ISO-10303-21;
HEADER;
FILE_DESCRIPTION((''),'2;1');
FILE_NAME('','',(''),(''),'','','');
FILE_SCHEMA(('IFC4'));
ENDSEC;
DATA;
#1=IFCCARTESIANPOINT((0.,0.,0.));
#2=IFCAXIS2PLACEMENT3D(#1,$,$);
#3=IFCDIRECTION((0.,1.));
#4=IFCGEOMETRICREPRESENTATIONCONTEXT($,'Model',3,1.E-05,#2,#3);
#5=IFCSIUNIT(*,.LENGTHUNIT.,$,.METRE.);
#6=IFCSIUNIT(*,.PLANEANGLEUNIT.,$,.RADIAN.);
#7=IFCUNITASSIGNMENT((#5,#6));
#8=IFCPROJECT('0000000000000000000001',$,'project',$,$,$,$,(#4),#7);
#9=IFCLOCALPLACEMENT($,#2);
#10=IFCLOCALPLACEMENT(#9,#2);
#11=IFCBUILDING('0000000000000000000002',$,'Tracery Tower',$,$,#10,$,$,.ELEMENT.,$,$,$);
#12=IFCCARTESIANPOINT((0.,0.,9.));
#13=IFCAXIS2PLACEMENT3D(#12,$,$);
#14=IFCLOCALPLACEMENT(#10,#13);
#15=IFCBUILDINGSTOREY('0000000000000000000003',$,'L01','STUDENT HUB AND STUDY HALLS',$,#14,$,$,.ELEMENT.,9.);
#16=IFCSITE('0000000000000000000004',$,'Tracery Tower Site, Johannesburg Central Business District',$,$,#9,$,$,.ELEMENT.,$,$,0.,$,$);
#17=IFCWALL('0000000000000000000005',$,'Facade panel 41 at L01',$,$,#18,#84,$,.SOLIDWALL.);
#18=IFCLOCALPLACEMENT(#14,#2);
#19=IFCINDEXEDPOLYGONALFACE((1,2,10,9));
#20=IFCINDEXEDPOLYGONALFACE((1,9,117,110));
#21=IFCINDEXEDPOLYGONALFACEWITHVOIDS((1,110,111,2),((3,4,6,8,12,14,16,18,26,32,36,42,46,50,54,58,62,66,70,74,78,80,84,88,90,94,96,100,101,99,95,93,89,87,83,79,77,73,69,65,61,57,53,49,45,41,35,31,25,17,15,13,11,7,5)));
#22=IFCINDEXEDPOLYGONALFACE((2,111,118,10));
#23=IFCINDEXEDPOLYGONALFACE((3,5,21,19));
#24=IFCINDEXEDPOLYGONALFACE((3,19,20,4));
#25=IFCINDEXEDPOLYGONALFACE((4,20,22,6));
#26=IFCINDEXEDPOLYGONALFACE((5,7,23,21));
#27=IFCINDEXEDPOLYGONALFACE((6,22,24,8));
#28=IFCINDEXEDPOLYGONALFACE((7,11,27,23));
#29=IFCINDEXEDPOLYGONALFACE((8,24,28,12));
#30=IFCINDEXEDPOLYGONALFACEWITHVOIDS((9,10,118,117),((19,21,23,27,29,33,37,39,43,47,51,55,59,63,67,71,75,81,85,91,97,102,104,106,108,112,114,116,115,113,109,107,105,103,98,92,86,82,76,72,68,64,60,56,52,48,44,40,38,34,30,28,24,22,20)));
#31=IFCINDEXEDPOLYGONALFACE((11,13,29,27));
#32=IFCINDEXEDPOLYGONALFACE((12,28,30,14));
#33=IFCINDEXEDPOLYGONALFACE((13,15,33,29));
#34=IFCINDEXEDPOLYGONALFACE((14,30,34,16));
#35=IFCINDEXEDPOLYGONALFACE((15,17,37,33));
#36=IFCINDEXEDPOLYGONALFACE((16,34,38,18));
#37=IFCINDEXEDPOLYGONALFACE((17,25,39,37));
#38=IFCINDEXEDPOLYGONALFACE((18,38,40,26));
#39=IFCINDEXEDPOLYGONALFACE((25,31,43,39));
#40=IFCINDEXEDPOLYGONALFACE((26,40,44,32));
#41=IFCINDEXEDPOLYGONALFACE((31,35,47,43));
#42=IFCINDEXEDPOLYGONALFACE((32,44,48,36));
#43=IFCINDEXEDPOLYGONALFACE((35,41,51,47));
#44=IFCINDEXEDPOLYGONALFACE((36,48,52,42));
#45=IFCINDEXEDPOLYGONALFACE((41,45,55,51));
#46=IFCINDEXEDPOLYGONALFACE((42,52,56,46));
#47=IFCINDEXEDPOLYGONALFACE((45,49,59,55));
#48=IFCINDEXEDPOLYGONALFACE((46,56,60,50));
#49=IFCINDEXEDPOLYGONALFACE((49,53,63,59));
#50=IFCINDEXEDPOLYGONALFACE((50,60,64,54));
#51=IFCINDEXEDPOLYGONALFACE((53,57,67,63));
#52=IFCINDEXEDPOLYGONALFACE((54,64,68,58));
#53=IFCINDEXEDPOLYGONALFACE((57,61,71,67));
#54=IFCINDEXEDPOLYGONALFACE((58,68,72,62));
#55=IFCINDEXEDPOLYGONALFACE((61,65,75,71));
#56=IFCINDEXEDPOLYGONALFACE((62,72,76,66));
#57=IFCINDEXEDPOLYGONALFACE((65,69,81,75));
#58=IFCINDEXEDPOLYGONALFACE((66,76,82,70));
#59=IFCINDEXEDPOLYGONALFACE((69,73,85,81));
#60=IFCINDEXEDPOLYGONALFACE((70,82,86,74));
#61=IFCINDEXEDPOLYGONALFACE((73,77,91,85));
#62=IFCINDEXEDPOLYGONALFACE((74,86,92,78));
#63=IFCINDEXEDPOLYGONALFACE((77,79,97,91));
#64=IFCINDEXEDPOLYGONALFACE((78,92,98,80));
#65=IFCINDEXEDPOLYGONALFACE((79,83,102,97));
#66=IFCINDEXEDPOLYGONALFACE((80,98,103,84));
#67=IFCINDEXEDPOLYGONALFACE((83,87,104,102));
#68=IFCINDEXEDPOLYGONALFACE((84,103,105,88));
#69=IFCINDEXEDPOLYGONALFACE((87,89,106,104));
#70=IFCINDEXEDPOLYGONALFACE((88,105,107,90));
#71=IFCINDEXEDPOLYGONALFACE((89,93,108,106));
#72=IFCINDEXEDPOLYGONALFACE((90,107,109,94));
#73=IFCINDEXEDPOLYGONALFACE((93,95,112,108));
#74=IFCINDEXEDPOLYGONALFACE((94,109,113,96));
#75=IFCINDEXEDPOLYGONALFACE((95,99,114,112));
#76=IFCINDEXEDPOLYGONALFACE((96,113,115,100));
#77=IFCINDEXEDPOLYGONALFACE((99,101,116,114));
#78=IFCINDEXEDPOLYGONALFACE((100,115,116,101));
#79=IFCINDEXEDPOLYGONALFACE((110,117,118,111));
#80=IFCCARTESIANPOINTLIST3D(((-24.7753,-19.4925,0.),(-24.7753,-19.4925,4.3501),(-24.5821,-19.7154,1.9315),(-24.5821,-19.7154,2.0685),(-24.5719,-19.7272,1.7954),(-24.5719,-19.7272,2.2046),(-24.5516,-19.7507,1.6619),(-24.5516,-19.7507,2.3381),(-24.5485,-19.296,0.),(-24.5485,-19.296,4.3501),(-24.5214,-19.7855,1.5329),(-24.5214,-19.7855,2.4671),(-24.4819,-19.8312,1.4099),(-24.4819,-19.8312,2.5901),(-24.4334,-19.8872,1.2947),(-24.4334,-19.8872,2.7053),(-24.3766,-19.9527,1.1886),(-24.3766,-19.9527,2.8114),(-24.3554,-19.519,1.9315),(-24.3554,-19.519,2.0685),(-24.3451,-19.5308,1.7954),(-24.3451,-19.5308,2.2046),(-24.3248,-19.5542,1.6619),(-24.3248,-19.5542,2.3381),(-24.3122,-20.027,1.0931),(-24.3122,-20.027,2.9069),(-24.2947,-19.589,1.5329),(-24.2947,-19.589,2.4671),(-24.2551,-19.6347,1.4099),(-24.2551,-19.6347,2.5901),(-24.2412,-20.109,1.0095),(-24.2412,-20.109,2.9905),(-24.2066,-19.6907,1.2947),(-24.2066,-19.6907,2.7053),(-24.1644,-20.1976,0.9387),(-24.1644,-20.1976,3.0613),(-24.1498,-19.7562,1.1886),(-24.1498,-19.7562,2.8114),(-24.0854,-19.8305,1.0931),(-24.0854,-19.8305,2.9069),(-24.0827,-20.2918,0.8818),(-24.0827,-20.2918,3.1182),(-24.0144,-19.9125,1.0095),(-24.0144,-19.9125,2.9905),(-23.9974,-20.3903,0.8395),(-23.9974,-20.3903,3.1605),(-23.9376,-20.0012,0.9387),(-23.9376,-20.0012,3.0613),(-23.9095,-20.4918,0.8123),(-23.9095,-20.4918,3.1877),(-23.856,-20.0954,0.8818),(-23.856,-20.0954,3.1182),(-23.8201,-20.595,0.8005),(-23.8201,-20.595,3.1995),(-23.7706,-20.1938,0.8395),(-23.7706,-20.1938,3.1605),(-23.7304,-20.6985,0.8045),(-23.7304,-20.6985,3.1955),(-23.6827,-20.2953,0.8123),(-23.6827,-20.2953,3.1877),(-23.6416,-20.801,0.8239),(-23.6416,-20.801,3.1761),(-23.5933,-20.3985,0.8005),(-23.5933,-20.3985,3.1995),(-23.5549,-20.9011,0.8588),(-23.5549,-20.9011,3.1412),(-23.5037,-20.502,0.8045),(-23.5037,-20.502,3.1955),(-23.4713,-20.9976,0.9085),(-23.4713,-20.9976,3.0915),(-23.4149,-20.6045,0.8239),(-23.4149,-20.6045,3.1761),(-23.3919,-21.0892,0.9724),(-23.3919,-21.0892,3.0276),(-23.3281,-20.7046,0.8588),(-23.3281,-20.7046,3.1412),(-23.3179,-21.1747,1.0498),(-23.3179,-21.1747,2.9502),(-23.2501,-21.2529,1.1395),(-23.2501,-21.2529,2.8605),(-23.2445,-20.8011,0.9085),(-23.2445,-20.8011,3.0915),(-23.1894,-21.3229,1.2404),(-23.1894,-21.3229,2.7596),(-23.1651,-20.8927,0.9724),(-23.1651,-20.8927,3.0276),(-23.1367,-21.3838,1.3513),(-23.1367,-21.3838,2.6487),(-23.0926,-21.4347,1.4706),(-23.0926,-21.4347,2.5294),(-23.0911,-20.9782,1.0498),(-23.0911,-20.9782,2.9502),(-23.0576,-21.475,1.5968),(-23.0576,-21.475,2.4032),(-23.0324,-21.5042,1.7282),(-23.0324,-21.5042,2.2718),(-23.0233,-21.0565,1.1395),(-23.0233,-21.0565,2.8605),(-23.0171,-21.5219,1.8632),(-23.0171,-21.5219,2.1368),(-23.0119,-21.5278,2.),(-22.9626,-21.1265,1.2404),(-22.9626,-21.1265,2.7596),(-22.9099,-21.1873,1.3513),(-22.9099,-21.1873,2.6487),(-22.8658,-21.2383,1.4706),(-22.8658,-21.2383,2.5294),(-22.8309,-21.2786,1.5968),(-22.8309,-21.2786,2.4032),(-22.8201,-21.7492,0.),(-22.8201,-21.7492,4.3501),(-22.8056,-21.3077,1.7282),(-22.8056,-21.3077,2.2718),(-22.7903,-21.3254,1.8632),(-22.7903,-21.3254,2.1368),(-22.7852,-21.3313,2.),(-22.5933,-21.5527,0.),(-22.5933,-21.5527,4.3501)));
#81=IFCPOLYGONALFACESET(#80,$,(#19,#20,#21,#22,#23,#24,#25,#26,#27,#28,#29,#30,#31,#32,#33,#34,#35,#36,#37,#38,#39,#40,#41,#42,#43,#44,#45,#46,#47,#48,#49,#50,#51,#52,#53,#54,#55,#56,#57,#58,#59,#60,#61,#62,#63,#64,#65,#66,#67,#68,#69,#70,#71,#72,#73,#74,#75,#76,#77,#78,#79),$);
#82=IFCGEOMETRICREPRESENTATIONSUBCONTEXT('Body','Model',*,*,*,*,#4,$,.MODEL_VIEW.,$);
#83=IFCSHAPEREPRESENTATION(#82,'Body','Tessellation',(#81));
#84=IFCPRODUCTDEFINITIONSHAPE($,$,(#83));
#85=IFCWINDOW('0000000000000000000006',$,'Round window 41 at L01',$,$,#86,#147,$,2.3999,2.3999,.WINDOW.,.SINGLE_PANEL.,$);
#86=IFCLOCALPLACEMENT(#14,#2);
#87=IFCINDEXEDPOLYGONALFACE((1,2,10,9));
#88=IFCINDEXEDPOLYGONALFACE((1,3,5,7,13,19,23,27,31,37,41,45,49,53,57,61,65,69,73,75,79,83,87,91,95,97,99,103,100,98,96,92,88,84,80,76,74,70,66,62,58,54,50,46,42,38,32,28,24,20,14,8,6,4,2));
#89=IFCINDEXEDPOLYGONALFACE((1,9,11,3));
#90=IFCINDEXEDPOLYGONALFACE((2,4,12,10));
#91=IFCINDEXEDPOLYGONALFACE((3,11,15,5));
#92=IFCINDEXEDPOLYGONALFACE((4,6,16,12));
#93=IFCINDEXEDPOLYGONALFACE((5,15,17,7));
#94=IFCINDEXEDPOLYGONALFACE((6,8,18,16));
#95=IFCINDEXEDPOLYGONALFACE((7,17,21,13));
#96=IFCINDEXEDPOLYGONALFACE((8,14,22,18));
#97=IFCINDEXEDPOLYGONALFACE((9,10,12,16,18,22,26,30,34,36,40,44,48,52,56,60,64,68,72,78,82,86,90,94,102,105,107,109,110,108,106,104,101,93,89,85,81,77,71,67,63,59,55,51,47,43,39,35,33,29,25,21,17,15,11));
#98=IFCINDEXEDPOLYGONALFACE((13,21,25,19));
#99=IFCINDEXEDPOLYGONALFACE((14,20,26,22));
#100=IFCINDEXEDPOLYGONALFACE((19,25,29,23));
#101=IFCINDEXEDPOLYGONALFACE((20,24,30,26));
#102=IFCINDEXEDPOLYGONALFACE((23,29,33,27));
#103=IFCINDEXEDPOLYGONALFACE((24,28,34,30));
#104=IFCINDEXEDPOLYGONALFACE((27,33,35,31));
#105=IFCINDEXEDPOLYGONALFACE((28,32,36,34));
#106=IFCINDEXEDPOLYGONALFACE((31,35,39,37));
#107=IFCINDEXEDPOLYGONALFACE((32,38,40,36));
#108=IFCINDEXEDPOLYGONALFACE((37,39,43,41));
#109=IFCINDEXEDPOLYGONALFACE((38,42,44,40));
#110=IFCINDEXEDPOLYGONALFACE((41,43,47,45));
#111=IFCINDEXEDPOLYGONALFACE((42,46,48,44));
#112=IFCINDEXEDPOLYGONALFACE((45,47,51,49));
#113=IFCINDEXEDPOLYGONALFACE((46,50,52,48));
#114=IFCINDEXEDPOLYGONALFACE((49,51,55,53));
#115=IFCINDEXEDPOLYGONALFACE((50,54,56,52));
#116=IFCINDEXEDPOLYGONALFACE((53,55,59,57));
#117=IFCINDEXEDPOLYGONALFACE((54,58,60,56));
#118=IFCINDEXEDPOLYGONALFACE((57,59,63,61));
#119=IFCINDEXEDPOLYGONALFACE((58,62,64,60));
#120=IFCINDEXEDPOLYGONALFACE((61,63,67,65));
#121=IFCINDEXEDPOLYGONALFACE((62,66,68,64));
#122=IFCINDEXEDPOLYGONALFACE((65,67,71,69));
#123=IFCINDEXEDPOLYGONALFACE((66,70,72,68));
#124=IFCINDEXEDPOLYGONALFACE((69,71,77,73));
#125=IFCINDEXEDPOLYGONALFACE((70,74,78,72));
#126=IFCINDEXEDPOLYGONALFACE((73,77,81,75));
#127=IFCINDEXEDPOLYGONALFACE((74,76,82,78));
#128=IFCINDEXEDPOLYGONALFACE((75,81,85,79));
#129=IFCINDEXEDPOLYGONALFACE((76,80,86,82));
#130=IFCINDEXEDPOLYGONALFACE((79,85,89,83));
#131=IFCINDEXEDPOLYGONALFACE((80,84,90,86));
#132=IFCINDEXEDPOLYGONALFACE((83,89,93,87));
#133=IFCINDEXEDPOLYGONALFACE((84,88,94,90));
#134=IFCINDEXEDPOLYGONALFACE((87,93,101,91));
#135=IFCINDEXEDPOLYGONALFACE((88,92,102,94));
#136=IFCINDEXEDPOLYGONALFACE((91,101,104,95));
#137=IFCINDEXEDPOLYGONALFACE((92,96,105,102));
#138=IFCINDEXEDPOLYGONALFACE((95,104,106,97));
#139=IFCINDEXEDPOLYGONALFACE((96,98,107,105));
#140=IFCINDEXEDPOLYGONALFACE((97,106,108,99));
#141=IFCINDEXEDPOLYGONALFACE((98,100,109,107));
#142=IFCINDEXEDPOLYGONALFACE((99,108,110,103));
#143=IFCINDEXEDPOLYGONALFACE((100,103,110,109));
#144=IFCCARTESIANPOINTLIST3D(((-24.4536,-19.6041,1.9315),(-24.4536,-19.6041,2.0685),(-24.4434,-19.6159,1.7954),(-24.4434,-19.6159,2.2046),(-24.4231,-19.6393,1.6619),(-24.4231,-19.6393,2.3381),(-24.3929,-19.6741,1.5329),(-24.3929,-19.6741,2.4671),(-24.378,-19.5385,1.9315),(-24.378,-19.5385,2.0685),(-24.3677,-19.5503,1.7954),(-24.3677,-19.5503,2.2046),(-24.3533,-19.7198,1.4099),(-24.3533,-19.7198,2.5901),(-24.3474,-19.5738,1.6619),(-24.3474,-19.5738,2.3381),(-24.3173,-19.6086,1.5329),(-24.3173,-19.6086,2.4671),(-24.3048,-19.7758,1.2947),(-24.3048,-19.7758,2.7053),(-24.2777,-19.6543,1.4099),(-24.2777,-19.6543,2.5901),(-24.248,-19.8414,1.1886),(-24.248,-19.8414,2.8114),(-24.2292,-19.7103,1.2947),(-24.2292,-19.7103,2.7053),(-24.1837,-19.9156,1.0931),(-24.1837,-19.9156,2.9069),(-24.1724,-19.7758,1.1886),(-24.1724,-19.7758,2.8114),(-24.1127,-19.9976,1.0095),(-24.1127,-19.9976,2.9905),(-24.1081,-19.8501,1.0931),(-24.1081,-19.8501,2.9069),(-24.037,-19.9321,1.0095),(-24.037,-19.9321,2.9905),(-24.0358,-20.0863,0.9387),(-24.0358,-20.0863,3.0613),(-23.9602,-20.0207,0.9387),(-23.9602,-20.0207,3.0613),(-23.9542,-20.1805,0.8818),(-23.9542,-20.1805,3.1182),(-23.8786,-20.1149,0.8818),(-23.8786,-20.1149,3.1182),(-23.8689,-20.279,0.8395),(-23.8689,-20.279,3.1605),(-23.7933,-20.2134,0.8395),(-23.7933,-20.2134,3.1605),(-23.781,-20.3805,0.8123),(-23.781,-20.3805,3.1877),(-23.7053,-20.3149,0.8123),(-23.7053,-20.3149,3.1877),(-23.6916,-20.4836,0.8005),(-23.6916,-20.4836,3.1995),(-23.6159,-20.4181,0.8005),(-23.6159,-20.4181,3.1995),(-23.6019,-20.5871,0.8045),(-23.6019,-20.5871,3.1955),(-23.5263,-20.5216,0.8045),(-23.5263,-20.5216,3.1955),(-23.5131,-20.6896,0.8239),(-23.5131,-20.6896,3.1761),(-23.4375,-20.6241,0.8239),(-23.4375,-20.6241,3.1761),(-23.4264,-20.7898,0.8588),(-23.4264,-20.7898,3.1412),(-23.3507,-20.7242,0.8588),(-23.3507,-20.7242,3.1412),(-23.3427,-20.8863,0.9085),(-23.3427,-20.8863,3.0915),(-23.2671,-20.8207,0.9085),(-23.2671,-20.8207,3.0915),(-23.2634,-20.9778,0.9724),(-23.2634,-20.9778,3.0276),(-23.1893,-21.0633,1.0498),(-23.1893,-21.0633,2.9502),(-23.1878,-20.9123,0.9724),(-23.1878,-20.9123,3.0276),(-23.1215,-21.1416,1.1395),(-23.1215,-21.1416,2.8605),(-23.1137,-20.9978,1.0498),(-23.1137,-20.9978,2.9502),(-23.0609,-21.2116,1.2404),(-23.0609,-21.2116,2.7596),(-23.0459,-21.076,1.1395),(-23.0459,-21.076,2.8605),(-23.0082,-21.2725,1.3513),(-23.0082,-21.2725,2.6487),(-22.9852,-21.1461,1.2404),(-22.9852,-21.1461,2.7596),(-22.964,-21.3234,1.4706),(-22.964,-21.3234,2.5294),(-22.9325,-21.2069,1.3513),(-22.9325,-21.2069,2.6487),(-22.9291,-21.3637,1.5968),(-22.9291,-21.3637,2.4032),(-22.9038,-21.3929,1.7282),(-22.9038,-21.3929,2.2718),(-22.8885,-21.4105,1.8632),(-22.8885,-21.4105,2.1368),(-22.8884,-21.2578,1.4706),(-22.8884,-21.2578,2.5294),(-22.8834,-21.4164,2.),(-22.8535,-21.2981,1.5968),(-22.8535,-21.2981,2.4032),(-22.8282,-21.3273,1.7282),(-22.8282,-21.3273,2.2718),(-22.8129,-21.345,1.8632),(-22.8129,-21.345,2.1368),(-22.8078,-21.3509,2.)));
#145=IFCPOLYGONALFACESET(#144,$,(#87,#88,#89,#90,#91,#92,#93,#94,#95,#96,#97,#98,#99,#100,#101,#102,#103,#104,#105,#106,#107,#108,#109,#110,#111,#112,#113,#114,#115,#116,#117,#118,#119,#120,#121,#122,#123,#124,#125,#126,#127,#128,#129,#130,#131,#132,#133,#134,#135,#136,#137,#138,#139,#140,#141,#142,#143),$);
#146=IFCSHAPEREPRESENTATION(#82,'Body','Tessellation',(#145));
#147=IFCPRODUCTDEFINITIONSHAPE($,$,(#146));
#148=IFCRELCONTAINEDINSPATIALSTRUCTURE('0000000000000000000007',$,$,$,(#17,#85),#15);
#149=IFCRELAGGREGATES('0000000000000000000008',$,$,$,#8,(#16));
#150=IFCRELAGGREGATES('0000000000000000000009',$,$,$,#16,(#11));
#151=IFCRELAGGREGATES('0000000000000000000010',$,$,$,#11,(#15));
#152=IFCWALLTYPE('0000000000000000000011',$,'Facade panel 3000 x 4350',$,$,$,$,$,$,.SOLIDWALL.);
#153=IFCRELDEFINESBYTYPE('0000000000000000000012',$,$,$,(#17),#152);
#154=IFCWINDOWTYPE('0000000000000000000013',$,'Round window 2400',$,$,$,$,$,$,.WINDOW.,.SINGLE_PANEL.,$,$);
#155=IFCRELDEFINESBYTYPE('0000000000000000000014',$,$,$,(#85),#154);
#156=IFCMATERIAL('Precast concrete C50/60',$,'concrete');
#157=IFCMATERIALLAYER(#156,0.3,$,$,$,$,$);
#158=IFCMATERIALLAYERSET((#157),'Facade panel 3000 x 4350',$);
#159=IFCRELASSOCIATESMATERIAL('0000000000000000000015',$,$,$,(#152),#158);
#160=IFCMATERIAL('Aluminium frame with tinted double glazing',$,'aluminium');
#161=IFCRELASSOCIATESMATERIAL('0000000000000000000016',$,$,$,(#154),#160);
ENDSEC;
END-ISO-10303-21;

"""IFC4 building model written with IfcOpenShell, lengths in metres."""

from ifc_helpers import new_model, si_unit, direction, frame, frame_2d, origin, origin_2d, place, context, subcontext, project, spatial, rectangle, circle, extrude, material, layer, layer_set, type_object, element, fill, save


model = new_model("IFC4")

# Units and contexts
model_context = context("Model", 3, precision=1e-05, world=origin(), true_north=direction((0.0, 1.0)))
body_context = subcontext(model_context, "Body", "Model", "MODEL_VIEW")
ifc_project = project(units=[si_unit("LENGTHUNIT", "METRE"), si_unit("PLANEANGLEUNIT", "RADIAN")], contexts=[model_context])

# Site, building, storey
site_placement = place(None, origin())
site = spatial("IfcSite", under=ifc_project, at=site_placement, Name="Tracery Tower Site, Johannesburg Central Business District", CompositionType="ELEMENT", RefElevation=0.0)
building_placement = place(site_placement, origin())
building = spatial("IfcBuilding", under=site, at=building_placement, Name="Tracery Tower", CompositionType="ELEMENT")
storey_placement = place(building_placement, frame((0.0, 0.0, 9.0)))
storey = spatial("IfcBuildingStorey", under=building, at=storey_placement, Name="L01", Description="STUDENT HUB AND STUDY HALLS", CompositionType="ELEMENT", Elevation=9.0)

# Wall, opening, window
ifc_material_1 = material(Name="Precast concrete C50/60", Category="concrete")
ifc_layer_1 = layer(ifc_material_1, 0.3)
ifc_layer_set_1 = layer_set([ifc_layer_1], Name="Facade panel 3000 x 4350")
wall_type_1 = type_object("IfcWallType", Name="Facade panel 3000 x 4350", PredefinedType="SOLIDWALL", material=ifc_layer_set_1)
ifc_material_2 = material(Name="Aluminium frame with tinted double glazing", Category="aluminium")
window_type = type_object("IfcWindowType", Name="Round window 2400", PartitioningType="SINGLE_PANEL", PredefinedType="WINDOW", material=ifc_material_2)
wall_1_placement = place(storey_placement, frame((-24.6619, -19.3943, 0.0), z_axis=(0.0, 0.0, 1.0), x_axis=(0.654809, -0.755794, 0.0)))
wall_1 = element("IfcWall", 1, at=wall_1_placement, inside=storey, type_object=wall_type_1, Name="Facade panel 41 at L01", PredefinedType="SOLIDWALL", context=body_context, shape_type="SweptSolid", body=[
    extrude(rectangle(XDim=2.9858, YDim=0.3, at=frame_2d((1.4929, 0.0))), origin(), (0.0, 0.0, 1.0), 4.3501),
])
opening_1_placement = place(wall_1_placement, frame((1.4929, 0.0, 2.0)))
opening_1 = element("IfcOpeningElement", 2, at=opening_1_placement, cuts=wall_1, PredefinedType="OPENING", context=body_context, shape_type="SweptSolid", body=[
    extrude(circle(Radius=1.2, at=origin_2d()), frame((0.0, 0.1599, 0.0), z_axis=(0.0, -1.0, 0.0), x_axis=(1.0, 0.0, 0.0)), (0.0, 0.0, 1.0), 0.3201),
])
window_1_placement = place(opening_1_placement, origin())
window_1 = element("IfcWindow", 3, at=window_1_placement, inside=storey, type_object=window_type, Name="Round window 41 at L01", OverallHeight=2.3999, OverallWidth=2.3999, PartitioningType="SINGLE_PANEL", PredefinedType="WINDOW", context=body_context, shape_type="SweptSolid", body=[
    extrude(circle(Radius=1.2, at=origin_2d()), frame((0.0, 0.1201, 0.0), z_axis=(0.0, -1.0, 0.0), x_axis=(1.0, 0.0, 0.0)), (0.0, 0.0, 1.0), 0.1001),
])
fill(opening_1, window_1)

save(model, "model.ifc")
